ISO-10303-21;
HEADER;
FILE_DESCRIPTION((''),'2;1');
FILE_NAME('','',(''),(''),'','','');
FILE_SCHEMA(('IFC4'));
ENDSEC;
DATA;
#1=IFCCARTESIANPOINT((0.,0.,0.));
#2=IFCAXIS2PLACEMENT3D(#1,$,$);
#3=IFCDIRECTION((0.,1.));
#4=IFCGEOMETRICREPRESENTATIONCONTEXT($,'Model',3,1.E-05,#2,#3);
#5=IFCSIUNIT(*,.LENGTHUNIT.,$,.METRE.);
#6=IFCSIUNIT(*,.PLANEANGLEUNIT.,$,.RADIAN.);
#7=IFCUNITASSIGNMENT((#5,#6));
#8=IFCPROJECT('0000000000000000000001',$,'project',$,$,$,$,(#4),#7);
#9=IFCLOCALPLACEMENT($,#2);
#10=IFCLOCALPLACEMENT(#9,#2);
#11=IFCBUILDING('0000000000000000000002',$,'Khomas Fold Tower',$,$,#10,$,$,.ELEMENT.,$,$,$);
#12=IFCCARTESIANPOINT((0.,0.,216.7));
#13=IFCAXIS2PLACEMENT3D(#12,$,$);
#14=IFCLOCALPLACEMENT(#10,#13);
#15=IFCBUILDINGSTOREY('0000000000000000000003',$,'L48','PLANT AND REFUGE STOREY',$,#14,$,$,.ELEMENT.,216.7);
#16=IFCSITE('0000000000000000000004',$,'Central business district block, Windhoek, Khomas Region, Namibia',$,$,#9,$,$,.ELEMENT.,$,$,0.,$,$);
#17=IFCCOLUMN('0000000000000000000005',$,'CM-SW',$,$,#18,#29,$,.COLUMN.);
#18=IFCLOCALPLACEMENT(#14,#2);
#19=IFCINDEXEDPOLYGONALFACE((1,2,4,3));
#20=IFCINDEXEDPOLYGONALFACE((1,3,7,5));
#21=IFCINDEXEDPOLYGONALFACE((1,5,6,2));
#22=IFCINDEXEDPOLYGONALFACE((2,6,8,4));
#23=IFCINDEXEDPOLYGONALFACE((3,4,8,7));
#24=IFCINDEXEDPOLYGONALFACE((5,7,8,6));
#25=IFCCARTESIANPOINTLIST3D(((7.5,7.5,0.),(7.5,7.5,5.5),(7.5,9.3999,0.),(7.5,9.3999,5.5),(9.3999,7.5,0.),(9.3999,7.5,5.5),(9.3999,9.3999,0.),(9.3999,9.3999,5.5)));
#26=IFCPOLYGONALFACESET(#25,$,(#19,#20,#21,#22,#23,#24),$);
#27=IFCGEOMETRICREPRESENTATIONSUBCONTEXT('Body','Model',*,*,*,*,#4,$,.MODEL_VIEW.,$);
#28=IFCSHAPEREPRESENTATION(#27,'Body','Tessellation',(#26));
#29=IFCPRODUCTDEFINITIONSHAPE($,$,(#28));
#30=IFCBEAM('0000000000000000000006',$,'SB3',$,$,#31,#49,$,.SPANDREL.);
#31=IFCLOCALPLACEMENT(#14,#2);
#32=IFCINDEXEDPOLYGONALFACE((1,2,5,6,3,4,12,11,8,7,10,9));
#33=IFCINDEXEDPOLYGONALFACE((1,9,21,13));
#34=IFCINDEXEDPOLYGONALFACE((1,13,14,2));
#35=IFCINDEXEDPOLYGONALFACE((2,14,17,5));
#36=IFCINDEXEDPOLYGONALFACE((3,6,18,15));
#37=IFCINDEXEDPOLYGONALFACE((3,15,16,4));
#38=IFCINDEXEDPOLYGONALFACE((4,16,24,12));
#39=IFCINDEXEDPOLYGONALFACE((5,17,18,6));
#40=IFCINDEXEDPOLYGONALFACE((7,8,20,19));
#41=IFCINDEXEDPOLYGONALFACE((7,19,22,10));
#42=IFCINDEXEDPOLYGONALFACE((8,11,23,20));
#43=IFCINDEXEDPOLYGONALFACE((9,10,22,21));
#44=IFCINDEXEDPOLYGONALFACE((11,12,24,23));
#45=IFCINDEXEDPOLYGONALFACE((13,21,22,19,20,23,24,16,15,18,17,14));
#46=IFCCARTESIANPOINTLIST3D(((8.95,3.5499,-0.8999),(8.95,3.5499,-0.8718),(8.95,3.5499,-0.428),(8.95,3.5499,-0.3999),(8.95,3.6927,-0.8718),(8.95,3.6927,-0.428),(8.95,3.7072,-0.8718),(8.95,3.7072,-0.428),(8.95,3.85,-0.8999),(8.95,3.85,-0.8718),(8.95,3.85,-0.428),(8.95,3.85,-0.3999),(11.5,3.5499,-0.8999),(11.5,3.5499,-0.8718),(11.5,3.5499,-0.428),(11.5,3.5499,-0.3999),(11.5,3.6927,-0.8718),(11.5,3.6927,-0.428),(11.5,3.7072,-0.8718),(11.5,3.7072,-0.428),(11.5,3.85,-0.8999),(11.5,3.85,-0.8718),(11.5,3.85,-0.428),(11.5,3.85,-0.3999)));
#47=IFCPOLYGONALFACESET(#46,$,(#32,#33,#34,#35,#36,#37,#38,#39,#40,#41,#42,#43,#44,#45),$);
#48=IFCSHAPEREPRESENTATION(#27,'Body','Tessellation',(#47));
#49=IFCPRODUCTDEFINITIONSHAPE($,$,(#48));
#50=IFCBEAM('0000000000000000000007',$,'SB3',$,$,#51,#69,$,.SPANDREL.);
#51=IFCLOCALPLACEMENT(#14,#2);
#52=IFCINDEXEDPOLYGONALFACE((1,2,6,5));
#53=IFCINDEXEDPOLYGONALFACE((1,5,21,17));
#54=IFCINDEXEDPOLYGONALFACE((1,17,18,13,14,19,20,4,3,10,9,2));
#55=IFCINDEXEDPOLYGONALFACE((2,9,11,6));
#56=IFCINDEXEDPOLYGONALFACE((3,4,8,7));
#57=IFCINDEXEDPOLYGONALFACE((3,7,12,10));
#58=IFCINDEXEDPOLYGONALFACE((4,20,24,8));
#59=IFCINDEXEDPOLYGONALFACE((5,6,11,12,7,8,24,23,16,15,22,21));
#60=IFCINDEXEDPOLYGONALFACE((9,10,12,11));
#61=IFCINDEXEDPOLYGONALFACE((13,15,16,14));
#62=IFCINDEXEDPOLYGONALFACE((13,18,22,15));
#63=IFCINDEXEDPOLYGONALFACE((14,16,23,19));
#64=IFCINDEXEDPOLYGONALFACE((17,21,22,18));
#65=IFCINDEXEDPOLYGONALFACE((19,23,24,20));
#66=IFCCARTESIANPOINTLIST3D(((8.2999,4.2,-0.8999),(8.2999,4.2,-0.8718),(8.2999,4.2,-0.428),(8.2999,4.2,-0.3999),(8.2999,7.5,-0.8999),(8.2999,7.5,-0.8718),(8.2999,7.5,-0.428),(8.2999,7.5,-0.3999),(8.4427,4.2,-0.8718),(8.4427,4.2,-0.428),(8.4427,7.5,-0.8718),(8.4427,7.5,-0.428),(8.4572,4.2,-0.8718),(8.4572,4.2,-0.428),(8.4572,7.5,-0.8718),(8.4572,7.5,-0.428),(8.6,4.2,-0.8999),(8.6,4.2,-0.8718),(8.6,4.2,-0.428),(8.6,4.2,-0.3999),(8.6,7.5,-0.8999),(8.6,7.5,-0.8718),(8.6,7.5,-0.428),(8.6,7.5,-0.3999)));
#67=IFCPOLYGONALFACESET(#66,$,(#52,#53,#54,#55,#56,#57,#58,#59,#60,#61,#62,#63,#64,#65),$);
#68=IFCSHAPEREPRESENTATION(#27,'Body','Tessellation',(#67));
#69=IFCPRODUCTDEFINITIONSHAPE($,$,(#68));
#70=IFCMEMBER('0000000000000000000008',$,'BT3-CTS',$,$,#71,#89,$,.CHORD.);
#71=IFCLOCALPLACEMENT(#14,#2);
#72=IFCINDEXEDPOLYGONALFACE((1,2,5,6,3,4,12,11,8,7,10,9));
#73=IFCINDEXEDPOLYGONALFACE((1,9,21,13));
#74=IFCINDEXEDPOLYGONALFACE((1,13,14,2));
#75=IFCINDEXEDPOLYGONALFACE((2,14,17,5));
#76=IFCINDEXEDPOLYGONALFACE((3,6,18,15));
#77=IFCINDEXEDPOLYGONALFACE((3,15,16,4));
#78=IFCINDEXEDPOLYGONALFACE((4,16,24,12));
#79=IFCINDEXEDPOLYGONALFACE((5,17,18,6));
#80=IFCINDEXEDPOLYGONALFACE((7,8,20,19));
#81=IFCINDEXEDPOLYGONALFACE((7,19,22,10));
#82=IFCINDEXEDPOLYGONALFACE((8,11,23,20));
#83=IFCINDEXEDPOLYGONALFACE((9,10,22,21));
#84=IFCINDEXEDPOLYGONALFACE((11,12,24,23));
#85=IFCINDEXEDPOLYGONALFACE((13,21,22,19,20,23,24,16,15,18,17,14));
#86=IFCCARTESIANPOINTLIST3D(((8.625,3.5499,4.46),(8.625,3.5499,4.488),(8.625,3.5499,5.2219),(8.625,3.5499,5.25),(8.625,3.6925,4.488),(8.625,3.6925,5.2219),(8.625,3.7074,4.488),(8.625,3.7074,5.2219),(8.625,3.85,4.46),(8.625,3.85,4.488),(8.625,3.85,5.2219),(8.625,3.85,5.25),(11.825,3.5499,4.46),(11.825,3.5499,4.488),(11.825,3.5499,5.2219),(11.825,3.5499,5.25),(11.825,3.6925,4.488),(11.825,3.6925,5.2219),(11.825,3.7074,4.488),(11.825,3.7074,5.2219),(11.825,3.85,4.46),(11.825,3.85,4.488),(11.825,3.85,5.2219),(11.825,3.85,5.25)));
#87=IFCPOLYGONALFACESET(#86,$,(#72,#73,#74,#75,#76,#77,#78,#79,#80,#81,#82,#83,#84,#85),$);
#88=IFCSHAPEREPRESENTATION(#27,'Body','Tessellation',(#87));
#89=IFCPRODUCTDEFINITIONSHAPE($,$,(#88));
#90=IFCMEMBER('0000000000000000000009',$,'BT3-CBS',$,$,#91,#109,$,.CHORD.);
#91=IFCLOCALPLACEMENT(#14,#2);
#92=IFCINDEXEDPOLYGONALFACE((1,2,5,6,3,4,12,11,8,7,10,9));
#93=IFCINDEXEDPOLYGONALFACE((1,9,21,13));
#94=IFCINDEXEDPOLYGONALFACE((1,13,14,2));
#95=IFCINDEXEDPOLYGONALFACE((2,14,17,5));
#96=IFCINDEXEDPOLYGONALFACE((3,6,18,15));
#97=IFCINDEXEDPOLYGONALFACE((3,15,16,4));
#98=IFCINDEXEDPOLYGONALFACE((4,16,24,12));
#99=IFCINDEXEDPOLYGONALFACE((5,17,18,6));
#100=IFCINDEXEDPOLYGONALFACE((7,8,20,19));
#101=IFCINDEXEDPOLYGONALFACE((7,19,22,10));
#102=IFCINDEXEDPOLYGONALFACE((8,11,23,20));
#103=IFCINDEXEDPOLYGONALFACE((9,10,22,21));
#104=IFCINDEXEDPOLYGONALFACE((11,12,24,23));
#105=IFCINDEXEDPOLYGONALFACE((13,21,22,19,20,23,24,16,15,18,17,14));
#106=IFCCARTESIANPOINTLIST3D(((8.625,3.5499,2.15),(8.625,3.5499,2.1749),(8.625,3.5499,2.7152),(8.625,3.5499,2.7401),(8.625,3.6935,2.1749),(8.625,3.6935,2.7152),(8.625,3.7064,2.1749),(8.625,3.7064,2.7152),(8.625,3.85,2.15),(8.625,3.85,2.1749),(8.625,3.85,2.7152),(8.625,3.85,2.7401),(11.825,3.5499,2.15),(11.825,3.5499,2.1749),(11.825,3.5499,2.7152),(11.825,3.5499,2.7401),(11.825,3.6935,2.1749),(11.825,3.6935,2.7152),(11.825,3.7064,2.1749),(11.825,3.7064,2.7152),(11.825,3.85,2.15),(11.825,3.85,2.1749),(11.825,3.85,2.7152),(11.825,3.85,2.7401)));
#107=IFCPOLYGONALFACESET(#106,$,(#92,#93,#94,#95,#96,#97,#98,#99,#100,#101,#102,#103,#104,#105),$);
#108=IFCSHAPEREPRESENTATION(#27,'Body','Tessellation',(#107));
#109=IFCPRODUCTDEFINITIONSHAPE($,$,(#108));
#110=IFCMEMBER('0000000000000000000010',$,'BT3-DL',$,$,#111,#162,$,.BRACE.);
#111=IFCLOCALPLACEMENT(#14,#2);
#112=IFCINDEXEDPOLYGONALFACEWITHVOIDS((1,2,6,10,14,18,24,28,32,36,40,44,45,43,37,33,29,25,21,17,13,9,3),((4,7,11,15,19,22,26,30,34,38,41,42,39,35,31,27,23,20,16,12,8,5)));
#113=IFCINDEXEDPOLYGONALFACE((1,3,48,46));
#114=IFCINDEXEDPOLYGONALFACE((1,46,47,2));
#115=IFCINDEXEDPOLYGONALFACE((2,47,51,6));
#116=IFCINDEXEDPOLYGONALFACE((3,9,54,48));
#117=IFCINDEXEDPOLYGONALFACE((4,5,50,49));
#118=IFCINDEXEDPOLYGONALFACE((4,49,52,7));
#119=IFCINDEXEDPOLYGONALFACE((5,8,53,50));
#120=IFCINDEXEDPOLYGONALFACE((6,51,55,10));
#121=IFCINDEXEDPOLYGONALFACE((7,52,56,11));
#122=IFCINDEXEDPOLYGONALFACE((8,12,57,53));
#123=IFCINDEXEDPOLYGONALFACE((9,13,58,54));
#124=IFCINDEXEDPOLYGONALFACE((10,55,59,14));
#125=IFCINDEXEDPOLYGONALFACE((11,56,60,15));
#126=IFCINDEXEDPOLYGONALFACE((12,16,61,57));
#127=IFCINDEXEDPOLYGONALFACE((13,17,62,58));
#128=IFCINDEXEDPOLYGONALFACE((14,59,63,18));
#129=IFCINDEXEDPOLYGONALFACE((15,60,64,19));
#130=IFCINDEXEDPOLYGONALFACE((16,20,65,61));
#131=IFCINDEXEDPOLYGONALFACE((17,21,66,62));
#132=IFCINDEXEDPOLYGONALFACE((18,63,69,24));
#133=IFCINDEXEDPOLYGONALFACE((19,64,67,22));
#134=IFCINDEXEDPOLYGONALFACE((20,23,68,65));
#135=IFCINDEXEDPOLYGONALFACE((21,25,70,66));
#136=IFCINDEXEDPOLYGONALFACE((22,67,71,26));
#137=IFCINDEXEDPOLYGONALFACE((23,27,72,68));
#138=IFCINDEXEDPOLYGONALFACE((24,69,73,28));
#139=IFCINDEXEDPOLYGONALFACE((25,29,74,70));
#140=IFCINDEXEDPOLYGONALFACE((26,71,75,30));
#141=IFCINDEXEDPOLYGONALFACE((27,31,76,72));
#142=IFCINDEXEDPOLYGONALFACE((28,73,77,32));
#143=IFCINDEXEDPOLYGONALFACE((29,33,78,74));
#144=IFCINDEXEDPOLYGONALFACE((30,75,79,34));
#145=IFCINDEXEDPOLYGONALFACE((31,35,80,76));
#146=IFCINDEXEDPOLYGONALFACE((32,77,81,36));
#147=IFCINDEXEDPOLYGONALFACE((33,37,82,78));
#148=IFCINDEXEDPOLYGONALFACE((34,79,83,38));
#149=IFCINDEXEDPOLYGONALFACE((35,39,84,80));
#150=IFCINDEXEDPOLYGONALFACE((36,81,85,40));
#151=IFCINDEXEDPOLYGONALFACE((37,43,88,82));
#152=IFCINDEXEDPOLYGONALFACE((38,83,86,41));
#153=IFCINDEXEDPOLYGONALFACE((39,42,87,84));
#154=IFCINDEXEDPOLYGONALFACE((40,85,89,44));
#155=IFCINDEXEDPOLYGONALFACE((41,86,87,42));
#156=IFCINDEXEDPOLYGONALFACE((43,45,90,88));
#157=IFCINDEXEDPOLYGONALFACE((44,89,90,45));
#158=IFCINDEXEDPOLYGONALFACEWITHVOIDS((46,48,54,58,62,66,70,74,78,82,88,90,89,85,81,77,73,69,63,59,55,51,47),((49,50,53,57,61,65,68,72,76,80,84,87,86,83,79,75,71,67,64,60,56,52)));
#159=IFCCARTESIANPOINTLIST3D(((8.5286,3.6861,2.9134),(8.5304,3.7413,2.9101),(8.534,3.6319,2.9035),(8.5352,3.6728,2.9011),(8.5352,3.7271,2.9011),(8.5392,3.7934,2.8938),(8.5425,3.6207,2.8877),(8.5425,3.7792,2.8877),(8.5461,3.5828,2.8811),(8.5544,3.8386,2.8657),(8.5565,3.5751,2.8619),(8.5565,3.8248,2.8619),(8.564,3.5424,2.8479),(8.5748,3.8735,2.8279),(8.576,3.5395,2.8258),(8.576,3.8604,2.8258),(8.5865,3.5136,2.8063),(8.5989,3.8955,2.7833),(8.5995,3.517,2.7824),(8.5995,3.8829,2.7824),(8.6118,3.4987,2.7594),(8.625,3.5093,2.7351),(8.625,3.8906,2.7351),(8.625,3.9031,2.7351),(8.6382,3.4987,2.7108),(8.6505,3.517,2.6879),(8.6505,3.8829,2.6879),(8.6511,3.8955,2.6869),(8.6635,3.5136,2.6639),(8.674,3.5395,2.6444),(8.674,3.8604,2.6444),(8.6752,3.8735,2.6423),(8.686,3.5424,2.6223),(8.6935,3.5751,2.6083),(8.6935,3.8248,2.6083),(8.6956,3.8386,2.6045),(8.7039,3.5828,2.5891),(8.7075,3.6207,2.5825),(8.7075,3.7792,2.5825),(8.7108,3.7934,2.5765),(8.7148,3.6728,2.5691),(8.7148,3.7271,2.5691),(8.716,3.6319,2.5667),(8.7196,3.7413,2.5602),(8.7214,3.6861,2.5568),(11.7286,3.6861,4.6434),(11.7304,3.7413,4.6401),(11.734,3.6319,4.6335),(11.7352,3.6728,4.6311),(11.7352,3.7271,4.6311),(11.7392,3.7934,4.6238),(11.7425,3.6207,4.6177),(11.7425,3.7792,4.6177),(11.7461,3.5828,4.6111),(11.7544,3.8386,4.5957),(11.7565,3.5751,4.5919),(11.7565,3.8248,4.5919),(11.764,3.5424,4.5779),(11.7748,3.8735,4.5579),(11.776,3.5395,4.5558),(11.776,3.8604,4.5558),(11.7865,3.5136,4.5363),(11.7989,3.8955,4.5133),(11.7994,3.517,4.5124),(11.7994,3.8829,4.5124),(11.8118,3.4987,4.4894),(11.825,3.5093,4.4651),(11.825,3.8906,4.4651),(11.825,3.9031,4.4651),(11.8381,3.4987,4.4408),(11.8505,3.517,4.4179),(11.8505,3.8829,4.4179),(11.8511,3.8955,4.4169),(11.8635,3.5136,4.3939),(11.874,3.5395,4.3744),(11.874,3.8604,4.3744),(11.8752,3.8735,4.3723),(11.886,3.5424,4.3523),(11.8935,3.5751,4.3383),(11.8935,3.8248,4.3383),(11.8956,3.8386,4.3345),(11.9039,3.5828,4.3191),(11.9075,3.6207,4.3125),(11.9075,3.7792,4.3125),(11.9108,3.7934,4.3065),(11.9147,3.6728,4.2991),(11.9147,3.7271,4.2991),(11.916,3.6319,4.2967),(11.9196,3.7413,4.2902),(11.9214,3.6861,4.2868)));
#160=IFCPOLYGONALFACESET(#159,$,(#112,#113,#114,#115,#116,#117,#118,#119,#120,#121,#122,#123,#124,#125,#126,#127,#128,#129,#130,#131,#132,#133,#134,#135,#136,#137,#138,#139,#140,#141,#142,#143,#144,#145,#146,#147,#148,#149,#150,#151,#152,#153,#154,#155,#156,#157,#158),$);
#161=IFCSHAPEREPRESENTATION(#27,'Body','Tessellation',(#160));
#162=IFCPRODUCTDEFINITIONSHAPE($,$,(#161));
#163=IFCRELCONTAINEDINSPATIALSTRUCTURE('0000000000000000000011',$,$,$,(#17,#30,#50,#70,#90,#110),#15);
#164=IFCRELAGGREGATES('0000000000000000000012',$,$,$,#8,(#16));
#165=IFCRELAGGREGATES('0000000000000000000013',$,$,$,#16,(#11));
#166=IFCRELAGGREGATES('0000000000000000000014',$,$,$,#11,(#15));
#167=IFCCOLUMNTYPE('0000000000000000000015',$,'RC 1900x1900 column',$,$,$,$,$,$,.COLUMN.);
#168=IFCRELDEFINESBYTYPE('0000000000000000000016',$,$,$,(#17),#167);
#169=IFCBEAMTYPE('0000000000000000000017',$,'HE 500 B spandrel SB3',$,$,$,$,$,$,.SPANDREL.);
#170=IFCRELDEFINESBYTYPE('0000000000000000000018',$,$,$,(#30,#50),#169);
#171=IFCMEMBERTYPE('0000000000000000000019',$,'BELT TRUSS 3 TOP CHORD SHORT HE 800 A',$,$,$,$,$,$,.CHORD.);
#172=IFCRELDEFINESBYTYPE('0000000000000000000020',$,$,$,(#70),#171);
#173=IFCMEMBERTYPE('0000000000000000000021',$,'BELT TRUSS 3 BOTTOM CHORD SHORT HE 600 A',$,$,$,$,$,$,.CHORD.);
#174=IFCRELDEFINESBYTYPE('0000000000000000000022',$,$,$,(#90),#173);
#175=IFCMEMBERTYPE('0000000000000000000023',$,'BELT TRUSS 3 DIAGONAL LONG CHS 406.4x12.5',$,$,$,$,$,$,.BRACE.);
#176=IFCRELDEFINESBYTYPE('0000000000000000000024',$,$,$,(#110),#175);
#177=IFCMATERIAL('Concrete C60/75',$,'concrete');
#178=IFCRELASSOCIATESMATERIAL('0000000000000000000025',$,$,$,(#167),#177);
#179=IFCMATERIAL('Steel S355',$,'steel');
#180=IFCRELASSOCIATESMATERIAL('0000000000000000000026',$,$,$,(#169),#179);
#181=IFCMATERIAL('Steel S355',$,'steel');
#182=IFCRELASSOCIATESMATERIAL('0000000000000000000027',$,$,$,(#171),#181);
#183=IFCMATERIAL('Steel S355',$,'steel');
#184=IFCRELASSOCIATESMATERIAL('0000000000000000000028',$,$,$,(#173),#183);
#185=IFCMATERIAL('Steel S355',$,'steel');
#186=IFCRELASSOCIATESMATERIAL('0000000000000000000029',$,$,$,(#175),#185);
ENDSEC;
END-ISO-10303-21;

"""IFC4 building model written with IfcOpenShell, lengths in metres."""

from ifc_helpers import new_model, si_unit, direction, frame, origin, origin_2d, place, context, subcontext, project, spatial, rectangle, hollow_circle, i_section, extrude, source, transform, mapped, material, material_profile, profile_set, type_object, element, save


model = new_model("IFC4")

# Units and contexts
model_context = context("Model", 3, precision=1e-05, world=origin(), true_north=direction((0.0, 1.0)))
body_context = subcontext(model_context, "Body", "Model", "MODEL_VIEW")
ifc_project = project(units=[si_unit("LENGTHUNIT", "METRE"), si_unit("PLANEANGLEUNIT", "RADIAN")], contexts=[model_context])

# Site, building, storey
site_placement = place(None, origin())
site = spatial("IfcSite", under=ifc_project, at=site_placement, Name="Central business district block, Windhoek, Khomas Region, Namibia", CompositionType="ELEMENT", RefElevation=0.0)
building_placement = place(site_placement, origin())
building = spatial("IfcBuilding", under=site, at=building_placement, Name="Khomas Fold Tower", CompositionType="ELEMENT")
storey_placement = place(building_placement, frame((0.0, 0.0, 216.7)))
storey = spatial("IfcBuildingStorey", under=building, at=storey_placement, Name="L48", Description="PLANT AND REFUGE STOREY", CompositionType="ELEMENT", Elevation=216.7)

# Column
ifc_material_1 = material(Name="Concrete C60/75", Category="concrete")
ifc_material_profile_1 = material_profile(ifc_material_1, rectangle(XDim=1.8999, YDim=1.8999, at=origin_2d()), Name="RC 1900x1900")
ifc_profile_set_1 = profile_set([ifc_material_profile_1], Name="Concrete C60/75")
column_type = type_object("IfcColumnType", Name="RC 1900x1900 column", PredefinedType="COLUMN", material=ifc_profile_set_1)
shared_shape_1 = source(origin(), body_context, "Body", "SweptSolid", [
    extrude(rectangle(XDim=1.8999, YDim=1.8999, at=origin_2d()), origin(), (0.0, 0.0, 1.0), 5.5),
])
column_placement = place(storey_placement, frame((8.45, 8.45, 0.0), z_axis=(0.0, 0.0, 1.0), x_axis=(1.0, 0.0, 0.0)))
element("IfcColumn", 1, at=column_placement, inside=storey, type_object=column_type, Name="CM-SW", PredefinedType="COLUMN", context=body_context, shape_type="MappedRepresentation", body=[
    mapped(shared_shape_1, transform((0.0, 0.0, 0.0))),
])

# Beams
ifc_material_2 = material(Name="Steel S355", Category="steel")
ifc_material_profile_2 = material_profile(ifc_material_2, i_section(OverallWidth=0.3, OverallDepth=0.5, WebThickness=0.0144, FlangeThickness=0.0281, at=origin_2d()), Name="HE 500 B")
ifc_profile_set_2 = profile_set([ifc_material_profile_2], Name="Steel S355")
beam_type_1 = type_object("IfcBeamType", Name="HE 500 B spandrel SB3", PredefinedType="SPANDREL", material=ifc_profile_set_2)
shared_shape_2 = source(origin(), body_context, "Body", "SweptSolid", [
    extrude(i_section(OverallWidth=0.3, OverallDepth=0.5, WebThickness=0.0144, FlangeThickness=0.0281, at=origin_2d()), origin(), (0.0, 0.0, 1.0), 2.55),
])
beam_1_placement = place(storey_placement, frame((8.95, 3.7, -0.6499), z_axis=(1.0, 0.0, 0.0), x_axis=(0.0, 1.0, 0.0)))
element("IfcBeam", 2, at=beam_1_placement, inside=storey, type_object=beam_type_1, Name="SB3", PredefinedType="SPANDREL", context=body_context, shape_type="MappedRepresentation", body=[
    mapped(shared_shape_2, transform((0.0, 0.0, 0.0))),
])
shared_shape_3 = source(origin(), body_context, "Body", "SweptSolid", [
    extrude(i_section(OverallWidth=0.3, OverallDepth=0.5, WebThickness=0.0144, FlangeThickness=0.0281, at=origin_2d()), origin(), (0.0, 0.0, 1.0), 3.3),
])
beam_2_placement = place(storey_placement, frame((8.45, 4.2, -0.6499), z_axis=(0.0, 1.0, 0.0), x_axis=(-1.0, 0.0, 0.0)))
element("IfcBeam", 3, at=beam_2_placement, inside=storey, type_object=beam_type_1, Name="SB3", PredefinedType="SPANDREL", context=body_context, shape_type="MappedRepresentation", body=[
    mapped(shared_shape_3, transform((0.0, 0.0, 0.0))),
])

# Members
ifc_material_3 = material(Name="Steel S355", Category="steel")
ifc_material_profile_3 = material_profile(ifc_material_3, i_section(OverallWidth=0.3, OverallDepth=0.79, WebThickness=0.0149, FlangeThickness=0.0281, at=origin_2d()), Name="HE 800 A")
ifc_profile_set_3 = profile_set([ifc_material_profile_3], Name="Steel S355")
member_type_1 = type_object("IfcMemberType", Name="BELT TRUSS 3 TOP CHORD SHORT HE 800 A", PredefinedType="CHORD", material=ifc_profile_set_3)
shared_shape_4 = source(origin(), body_context, "Body", "SweptSolid", [
    extrude(i_section(OverallWidth=0.3, OverallDepth=0.79, WebThickness=0.0149, FlangeThickness=0.0281, at=origin_2d()), origin(), (0.0, 0.0, 1.0), 3.2),
])
member_1_placement = place(storey_placement, frame((8.625, 3.7, 4.855), z_axis=(1.0, 0.0, 0.0), x_axis=(0.0, 1.0, 0.0)))
element("IfcMember", 4, at=member_1_placement, inside=storey, type_object=member_type_1, Name="BT3-CTS", PredefinedType="CHORD", context=body_context, shape_type="MappedRepresentation", body=[
    mapped(shared_shape_4, transform((0.0, 0.0, 0.0))),
])
ifc_material_4 = material(Name="Steel S355", Category="steel")
ifc_material_profile_4 = material_profile(ifc_material_4, i_section(OverallWidth=0.3, OverallDepth=0.5901, WebThickness=0.0129, FlangeThickness=0.0249, at=origin_2d()), Name="HE 600 A")
ifc_profile_set_4 = profile_set([ifc_material_profile_4], Name="Steel S355")
member_type_2 = type_object("IfcMemberType", Name="BELT TRUSS 3 BOTTOM CHORD SHORT HE 600 A", PredefinedType="CHORD", material=ifc_profile_set_4)
shared_shape_5 = source(origin(), body_context, "Body", "SweptSolid", [
    extrude(i_section(OverallWidth=0.3, OverallDepth=0.5901, WebThickness=0.0129, FlangeThickness=0.0249, at=origin_2d()), origin(), (0.0, 0.0, 1.0), 3.2),
])
member_2_placement = place(storey_placement, frame((8.625, 3.7, 2.4451), z_axis=(1.0, 0.0, 0.0), x_axis=(0.0, 1.0, 0.0)))
element("IfcMember", 5, at=member_2_placement, inside=storey, type_object=member_type_2, Name="BT3-CBS", PredefinedType="CHORD", context=body_context, shape_type="MappedRepresentation", body=[
    mapped(shared_shape_5, transform((0.0, 0.0, 0.0))),
])
ifc_material_5 = material(Name="Steel S355", Category="steel")
ifc_material_profile_5 = material_profile(ifc_material_5, hollow_circle(Radius=0.2031, WallThickness=0.0125, at=origin_2d()), Name="CHS 406.4x12.5")
ifc_profile_set_5 = profile_set([ifc_material_profile_5], Name="Steel S355")
member_type_3 = type_object("IfcMemberType", Name="BELT TRUSS 3 DIAGONAL LONG CHS 406.4x12.5", PredefinedType="BRACE", material=ifc_profile_set_5)
shared_shape_6 = source(origin(), body_context, "Body", "SweptSolid", [
    extrude(hollow_circle(Radius=0.2031, WallThickness=0.0125, at=origin_2d()), origin(), (0.0, 0.0, 1.0), 3.6377),
])
member_3_placement = place(storey_placement, frame((8.625, 3.7, 2.7351), z_axis=(0.879675, 0.0, 0.475576), x_axis=(0.0, 1.0, 0.0)))
element("IfcMember", 6, at=member_3_placement, inside=storey, type_object=member_type_3, Name="BT3-DL", PredefinedType="BRACE", context=body_context, shape_type="MappedRepresentation", body=[
    mapped(shared_shape_6, transform((0.0, 0.0, 0.0))),
])

save(model, "model.ifc")
